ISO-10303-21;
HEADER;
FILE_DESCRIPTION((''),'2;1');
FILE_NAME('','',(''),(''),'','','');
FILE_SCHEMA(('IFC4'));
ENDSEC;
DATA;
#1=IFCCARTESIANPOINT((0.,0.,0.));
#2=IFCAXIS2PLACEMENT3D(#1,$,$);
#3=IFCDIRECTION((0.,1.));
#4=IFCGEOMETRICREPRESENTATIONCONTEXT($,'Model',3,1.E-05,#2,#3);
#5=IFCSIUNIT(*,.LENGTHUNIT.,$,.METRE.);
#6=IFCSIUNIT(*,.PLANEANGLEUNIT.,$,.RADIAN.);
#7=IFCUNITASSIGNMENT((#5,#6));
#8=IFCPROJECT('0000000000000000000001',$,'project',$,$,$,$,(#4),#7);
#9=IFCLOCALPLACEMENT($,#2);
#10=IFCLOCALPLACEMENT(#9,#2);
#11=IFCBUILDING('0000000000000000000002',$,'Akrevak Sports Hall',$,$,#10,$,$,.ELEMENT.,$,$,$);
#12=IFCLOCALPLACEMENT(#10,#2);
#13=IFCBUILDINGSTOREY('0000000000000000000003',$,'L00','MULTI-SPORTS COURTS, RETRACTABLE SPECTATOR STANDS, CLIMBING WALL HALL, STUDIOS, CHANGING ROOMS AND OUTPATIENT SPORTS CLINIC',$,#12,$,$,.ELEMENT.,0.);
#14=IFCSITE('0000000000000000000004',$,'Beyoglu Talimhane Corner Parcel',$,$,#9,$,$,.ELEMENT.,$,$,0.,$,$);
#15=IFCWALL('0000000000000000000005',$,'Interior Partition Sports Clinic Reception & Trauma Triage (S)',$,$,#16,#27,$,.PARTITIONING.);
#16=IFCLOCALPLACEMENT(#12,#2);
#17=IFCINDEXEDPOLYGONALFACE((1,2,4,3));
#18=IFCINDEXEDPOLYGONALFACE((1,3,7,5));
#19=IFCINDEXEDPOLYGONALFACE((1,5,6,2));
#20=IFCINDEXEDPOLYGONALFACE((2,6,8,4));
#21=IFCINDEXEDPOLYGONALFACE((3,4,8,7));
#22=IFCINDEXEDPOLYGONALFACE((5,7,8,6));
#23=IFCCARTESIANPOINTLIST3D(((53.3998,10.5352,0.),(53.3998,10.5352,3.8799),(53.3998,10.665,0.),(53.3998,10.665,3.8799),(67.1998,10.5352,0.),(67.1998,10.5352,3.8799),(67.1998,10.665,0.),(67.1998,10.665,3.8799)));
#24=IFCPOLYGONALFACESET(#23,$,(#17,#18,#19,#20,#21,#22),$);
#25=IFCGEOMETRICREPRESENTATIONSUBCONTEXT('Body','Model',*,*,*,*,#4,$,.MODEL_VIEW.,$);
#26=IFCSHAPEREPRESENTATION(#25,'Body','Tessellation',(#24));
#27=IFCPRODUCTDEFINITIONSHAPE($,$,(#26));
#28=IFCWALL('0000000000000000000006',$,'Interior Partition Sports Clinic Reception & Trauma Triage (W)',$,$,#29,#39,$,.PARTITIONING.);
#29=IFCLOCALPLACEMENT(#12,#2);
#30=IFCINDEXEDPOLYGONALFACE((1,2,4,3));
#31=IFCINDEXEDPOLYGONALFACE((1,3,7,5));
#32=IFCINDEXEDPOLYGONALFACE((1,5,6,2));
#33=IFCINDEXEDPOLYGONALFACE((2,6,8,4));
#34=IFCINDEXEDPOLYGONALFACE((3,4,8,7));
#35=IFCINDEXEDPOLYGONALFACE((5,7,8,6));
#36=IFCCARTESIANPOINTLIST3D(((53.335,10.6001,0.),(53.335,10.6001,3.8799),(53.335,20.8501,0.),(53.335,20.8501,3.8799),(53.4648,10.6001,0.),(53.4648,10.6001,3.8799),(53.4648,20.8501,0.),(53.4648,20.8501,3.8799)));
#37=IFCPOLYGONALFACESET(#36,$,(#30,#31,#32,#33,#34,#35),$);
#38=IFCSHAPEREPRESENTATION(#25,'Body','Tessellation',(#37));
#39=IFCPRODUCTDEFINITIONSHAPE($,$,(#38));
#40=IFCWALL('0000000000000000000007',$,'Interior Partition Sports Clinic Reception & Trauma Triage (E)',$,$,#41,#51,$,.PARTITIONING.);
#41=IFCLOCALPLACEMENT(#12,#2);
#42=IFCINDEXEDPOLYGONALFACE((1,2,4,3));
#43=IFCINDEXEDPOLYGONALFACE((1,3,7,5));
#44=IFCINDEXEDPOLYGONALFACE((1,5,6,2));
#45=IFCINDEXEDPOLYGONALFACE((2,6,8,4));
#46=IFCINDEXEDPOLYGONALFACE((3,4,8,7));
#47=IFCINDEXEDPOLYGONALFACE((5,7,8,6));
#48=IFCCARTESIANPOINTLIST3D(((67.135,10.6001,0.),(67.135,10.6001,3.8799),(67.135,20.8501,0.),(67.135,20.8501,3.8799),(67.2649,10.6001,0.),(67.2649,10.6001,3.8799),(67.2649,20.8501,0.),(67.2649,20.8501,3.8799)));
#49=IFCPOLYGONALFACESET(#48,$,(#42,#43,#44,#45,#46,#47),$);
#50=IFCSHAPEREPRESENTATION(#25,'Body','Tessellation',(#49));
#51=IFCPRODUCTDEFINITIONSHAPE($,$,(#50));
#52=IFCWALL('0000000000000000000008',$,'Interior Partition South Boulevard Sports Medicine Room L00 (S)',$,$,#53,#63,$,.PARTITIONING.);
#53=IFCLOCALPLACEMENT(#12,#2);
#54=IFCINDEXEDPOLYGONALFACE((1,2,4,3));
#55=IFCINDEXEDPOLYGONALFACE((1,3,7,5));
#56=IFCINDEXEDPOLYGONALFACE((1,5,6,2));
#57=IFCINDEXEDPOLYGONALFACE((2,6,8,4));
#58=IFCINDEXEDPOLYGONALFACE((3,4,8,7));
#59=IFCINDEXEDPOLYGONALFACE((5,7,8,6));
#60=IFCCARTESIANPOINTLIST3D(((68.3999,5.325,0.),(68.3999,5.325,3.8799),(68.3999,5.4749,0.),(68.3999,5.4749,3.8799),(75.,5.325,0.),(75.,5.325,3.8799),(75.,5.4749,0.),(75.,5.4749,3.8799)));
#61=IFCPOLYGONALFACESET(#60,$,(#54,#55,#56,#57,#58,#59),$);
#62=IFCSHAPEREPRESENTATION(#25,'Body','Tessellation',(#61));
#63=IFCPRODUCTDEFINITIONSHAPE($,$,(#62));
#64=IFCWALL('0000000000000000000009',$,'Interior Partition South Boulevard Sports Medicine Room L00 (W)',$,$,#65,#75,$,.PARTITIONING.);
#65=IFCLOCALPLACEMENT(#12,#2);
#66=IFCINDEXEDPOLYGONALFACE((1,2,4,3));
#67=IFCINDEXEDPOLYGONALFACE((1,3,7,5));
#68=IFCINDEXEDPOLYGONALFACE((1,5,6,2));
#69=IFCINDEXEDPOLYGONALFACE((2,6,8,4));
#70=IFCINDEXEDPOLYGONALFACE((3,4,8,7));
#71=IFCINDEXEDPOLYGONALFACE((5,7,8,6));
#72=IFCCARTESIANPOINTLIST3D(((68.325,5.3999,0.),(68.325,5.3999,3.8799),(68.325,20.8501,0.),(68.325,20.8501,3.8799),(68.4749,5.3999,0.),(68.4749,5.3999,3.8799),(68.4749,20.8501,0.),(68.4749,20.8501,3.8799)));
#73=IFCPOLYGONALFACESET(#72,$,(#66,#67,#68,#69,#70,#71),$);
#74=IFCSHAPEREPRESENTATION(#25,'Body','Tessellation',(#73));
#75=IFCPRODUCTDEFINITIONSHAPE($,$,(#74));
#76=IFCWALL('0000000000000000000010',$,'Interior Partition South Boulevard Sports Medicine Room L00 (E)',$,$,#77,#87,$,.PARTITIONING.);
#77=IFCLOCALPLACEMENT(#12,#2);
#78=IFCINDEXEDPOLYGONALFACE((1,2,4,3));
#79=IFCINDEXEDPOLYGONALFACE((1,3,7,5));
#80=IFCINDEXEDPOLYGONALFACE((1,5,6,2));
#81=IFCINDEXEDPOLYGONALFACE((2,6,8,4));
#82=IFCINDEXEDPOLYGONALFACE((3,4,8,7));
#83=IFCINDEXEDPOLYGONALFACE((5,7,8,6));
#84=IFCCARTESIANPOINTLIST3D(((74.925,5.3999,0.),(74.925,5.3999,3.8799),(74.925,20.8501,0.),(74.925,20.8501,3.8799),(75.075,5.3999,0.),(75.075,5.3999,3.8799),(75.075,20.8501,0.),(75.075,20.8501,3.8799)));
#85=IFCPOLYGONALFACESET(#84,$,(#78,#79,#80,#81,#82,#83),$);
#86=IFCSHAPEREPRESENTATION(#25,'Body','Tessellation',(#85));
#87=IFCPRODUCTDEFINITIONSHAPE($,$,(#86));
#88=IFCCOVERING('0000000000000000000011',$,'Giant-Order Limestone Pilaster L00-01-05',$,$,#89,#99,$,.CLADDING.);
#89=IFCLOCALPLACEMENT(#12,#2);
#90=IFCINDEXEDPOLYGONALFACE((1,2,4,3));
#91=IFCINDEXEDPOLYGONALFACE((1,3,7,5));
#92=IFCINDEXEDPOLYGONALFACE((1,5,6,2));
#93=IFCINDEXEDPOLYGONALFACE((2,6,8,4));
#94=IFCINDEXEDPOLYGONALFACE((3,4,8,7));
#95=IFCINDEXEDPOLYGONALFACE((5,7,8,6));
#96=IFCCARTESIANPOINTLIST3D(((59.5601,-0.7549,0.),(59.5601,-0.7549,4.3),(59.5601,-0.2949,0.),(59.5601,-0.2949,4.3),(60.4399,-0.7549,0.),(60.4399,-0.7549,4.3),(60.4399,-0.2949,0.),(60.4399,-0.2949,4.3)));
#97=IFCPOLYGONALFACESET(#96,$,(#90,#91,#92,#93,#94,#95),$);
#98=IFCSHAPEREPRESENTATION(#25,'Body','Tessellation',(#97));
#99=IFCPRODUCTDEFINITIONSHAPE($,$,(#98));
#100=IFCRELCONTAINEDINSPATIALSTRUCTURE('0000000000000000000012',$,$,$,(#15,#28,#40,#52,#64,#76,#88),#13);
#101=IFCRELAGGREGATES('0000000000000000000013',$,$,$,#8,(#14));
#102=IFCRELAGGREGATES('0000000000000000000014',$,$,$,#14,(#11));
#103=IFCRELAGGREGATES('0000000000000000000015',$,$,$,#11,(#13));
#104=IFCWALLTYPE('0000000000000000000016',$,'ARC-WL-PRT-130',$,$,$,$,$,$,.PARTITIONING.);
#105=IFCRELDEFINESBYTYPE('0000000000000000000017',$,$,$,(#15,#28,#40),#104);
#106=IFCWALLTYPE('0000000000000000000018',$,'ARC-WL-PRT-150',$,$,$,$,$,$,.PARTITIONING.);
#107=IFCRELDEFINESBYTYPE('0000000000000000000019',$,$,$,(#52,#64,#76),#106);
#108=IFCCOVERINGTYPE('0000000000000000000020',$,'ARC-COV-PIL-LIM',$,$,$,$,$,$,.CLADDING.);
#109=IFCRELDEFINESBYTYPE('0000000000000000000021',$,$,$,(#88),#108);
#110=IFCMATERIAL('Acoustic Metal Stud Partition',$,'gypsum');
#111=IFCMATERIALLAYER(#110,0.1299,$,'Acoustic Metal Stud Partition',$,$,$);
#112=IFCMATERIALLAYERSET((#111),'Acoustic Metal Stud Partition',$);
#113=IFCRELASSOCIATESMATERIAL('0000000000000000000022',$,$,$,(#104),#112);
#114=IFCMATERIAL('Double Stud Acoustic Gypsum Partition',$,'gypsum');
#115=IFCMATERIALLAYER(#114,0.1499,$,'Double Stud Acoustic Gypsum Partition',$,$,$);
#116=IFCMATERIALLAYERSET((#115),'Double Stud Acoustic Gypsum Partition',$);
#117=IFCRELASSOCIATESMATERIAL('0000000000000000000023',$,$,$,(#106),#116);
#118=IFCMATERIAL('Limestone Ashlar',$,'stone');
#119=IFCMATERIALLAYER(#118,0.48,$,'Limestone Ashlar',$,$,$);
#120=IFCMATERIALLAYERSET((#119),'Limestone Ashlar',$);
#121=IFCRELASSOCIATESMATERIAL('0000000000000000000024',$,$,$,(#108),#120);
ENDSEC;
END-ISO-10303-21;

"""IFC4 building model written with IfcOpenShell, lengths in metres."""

from ifc_helpers import new_model, si_unit, direction, frame, frame_2d, origin, origin_2d, place, context, subcontext, project, spatial, rectangle, extrude, material, layer, layer_set, type_object, element, save


model = new_model("IFC4")

# Units and contexts
model_context = context("Model", 3, precision=1e-05, world=origin(), true_north=direction((0.0, 1.0)))
body_context = subcontext(model_context, "Body", "Model", "MODEL_VIEW")
ifc_project = project(units=[si_unit("LENGTHUNIT", "METRE"), si_unit("PLANEANGLEUNIT", "RADIAN")], contexts=[model_context])

# Site, building, storey
site_placement = place(None, origin())
site = spatial("IfcSite", under=ifc_project, at=site_placement, Name="Beyoglu Talimhane Corner Parcel", CompositionType="ELEMENT", RefElevation=0.0)
building_placement = place(site_placement, origin())
building = spatial("IfcBuilding", under=site, at=building_placement, Name="Akrevak Sports Hall", CompositionType="ELEMENT")
storey_placement = place(building_placement, origin())
storey = spatial("IfcBuildingStorey", under=building, at=storey_placement, Name="L00", Description="MULTI-SPORTS COURTS, RETRACTABLE SPECTATOR STANDS, CLIMBING WALL HALL, STUDIOS, CHANGING ROOMS AND OUTPATIENT SPORTS CLINIC", CompositionType="ELEMENT", Elevation=0.0)

# Shared definitions
ifc_material_1 = material(Name="Limestone Ashlar", Category="stone")

# Walls
ifc_material_2 = material(Name="Acoustic Metal Stud Partition", Category="gypsum")
ifc_layer_1 = layer(ifc_material_2, 0.1299, Name="Acoustic Metal Stud Partition")
ifc_layer_set_1 = layer_set([ifc_layer_1], Name="Acoustic Metal Stud Partition")
wall_type_1 = type_object("IfcWallType", Name="ARC-WL-PRT-130", PredefinedType="PARTITIONING", material=ifc_layer_set_1)
wall_1_placement = place(storey_placement, frame((53.3999, 10.6001, 0.0), z_axis=(0.0, 0.0, 1.0), x_axis=(1.0, 0.0, 0.0)))
element("IfcWall", 1, at=wall_1_placement, inside=storey, type_object=wall_type_1, Name="Interior Partition Sports Clinic Reception & Trauma Triage (S)", PredefinedType="PARTITIONING", context=body_context, shape_type="SweptSolid", body=[
    extrude(rectangle(XDim=13.8, YDim=0.1299, at=frame_2d((6.8999, 0.0))), origin(), (0.0, 0.0, 1.0), 3.8799),
])
for number, where, z_axis, x_axis, name in (
    (2, (53.3999, 10.6001, 0.0), (0.0, 0.0, 1.0), (0.0, 1.0, 0.0), "Interior Partition Sports Clinic Reception & Trauma Triage (W)"),
    (3, (67.2, 10.6001, 0.0), (0.0, 0.0, 1.0), (0.0, 1.0, 0.0), "Interior Partition Sports Clinic Reception & Trauma Triage (E)"),
):
    element("IfcWall", number, at=place(storey_placement, frame(where, z_axis=z_axis, x_axis=x_axis)), inside=storey, type_object=wall_type_1, Name=name, PredefinedType="PARTITIONING", context=body_context, shape_type="SweptSolid", body=[
        extrude(rectangle(XDim=10.25, YDim=0.1299, at=frame_2d((5.125, 0.0))), origin(), (0.0, 0.0, 1.0), 3.8799),
    ])
ifc_material_3 = material(Name="Double Stud Acoustic Gypsum Partition", Category="gypsum")
ifc_layer_2 = layer(ifc_material_3, 0.1499, Name="Double Stud Acoustic Gypsum Partition")
ifc_layer_set_2 = layer_set([ifc_layer_2], Name="Double Stud Acoustic Gypsum Partition")
wall_type_2 = type_object("IfcWallType", Name="ARC-WL-PRT-150", PredefinedType="PARTITIONING", material=ifc_layer_set_2)
wall_2_placement = place(storey_placement, frame((68.3999, 5.3999, 0.0), z_axis=(0.0, 0.0, 1.0), x_axis=(1.0, 0.0, 0.0)))
element("IfcWall", 4, at=wall_2_placement, inside=storey, type_object=wall_type_2, Name="Interior Partition South Boulevard Sports Medicine Room L00 (S)", PredefinedType="PARTITIONING", context=body_context, shape_type="SweptSolid", body=[
    extrude(rectangle(XDim=6.6001, YDim=0.1499, at=frame_2d((3.3, 0.0))), origin(), (0.0, 0.0, 1.0), 3.8799),
])
for number, where, z_axis, x_axis, name in (
    (5, (68.3999, 5.3999, 0.0), (0.0, 0.0, 1.0), (0.0, 1.0, 0.0), "Interior Partition South Boulevard Sports Medicine Room L00 (W)"),
    (6, (75.0, 5.3999, 0.0), (0.0, 0.0, 1.0), (0.0, 1.0, 0.0), "Interior Partition South Boulevard Sports Medicine Room L00 (E)"),
):
    element("IfcWall", number, at=place(storey_placement, frame(where, z_axis=z_axis, x_axis=x_axis)), inside=storey, type_object=wall_type_2, Name=name, PredefinedType="PARTITIONING", context=body_context, shape_type="SweptSolid", body=[
        extrude(rectangle(XDim=15.4502, YDim=0.1499, at=frame_2d((7.7251, 0.0))), origin(), (0.0, 0.0, 1.0), 3.8799),
    ])

# Covering
ifc_layer_3 = layer(ifc_material_1, 0.48, Name="Limestone Ashlar")
ifc_layer_set_3 = layer_set([ifc_layer_3], Name="Limestone Ashlar")
covering_type = type_object("IfcCoveringType", Name="ARC-COV-PIL-LIM", PredefinedType="CLADDING", material=ifc_layer_set_3)
covering_placement = place(storey_placement, frame((60.0, -0.5249, 0.0), z_axis=(0.0, 0.0, 1.0), x_axis=(1.0, 0.0, 0.0)))
element("IfcCovering", 7, at=covering_placement, inside=storey, type_object=covering_type, Name="Giant-Order Limestone Pilaster L00-01-05", PredefinedType="CLADDING", context=body_context, shape_type="SweptSolid", body=[
    extrude(rectangle(XDim=0.8799, YDim=0.46, at=origin_2d()), origin(), (0.0, 0.0, 1.0), 4.3),
])

save(model, "model.ifc")
